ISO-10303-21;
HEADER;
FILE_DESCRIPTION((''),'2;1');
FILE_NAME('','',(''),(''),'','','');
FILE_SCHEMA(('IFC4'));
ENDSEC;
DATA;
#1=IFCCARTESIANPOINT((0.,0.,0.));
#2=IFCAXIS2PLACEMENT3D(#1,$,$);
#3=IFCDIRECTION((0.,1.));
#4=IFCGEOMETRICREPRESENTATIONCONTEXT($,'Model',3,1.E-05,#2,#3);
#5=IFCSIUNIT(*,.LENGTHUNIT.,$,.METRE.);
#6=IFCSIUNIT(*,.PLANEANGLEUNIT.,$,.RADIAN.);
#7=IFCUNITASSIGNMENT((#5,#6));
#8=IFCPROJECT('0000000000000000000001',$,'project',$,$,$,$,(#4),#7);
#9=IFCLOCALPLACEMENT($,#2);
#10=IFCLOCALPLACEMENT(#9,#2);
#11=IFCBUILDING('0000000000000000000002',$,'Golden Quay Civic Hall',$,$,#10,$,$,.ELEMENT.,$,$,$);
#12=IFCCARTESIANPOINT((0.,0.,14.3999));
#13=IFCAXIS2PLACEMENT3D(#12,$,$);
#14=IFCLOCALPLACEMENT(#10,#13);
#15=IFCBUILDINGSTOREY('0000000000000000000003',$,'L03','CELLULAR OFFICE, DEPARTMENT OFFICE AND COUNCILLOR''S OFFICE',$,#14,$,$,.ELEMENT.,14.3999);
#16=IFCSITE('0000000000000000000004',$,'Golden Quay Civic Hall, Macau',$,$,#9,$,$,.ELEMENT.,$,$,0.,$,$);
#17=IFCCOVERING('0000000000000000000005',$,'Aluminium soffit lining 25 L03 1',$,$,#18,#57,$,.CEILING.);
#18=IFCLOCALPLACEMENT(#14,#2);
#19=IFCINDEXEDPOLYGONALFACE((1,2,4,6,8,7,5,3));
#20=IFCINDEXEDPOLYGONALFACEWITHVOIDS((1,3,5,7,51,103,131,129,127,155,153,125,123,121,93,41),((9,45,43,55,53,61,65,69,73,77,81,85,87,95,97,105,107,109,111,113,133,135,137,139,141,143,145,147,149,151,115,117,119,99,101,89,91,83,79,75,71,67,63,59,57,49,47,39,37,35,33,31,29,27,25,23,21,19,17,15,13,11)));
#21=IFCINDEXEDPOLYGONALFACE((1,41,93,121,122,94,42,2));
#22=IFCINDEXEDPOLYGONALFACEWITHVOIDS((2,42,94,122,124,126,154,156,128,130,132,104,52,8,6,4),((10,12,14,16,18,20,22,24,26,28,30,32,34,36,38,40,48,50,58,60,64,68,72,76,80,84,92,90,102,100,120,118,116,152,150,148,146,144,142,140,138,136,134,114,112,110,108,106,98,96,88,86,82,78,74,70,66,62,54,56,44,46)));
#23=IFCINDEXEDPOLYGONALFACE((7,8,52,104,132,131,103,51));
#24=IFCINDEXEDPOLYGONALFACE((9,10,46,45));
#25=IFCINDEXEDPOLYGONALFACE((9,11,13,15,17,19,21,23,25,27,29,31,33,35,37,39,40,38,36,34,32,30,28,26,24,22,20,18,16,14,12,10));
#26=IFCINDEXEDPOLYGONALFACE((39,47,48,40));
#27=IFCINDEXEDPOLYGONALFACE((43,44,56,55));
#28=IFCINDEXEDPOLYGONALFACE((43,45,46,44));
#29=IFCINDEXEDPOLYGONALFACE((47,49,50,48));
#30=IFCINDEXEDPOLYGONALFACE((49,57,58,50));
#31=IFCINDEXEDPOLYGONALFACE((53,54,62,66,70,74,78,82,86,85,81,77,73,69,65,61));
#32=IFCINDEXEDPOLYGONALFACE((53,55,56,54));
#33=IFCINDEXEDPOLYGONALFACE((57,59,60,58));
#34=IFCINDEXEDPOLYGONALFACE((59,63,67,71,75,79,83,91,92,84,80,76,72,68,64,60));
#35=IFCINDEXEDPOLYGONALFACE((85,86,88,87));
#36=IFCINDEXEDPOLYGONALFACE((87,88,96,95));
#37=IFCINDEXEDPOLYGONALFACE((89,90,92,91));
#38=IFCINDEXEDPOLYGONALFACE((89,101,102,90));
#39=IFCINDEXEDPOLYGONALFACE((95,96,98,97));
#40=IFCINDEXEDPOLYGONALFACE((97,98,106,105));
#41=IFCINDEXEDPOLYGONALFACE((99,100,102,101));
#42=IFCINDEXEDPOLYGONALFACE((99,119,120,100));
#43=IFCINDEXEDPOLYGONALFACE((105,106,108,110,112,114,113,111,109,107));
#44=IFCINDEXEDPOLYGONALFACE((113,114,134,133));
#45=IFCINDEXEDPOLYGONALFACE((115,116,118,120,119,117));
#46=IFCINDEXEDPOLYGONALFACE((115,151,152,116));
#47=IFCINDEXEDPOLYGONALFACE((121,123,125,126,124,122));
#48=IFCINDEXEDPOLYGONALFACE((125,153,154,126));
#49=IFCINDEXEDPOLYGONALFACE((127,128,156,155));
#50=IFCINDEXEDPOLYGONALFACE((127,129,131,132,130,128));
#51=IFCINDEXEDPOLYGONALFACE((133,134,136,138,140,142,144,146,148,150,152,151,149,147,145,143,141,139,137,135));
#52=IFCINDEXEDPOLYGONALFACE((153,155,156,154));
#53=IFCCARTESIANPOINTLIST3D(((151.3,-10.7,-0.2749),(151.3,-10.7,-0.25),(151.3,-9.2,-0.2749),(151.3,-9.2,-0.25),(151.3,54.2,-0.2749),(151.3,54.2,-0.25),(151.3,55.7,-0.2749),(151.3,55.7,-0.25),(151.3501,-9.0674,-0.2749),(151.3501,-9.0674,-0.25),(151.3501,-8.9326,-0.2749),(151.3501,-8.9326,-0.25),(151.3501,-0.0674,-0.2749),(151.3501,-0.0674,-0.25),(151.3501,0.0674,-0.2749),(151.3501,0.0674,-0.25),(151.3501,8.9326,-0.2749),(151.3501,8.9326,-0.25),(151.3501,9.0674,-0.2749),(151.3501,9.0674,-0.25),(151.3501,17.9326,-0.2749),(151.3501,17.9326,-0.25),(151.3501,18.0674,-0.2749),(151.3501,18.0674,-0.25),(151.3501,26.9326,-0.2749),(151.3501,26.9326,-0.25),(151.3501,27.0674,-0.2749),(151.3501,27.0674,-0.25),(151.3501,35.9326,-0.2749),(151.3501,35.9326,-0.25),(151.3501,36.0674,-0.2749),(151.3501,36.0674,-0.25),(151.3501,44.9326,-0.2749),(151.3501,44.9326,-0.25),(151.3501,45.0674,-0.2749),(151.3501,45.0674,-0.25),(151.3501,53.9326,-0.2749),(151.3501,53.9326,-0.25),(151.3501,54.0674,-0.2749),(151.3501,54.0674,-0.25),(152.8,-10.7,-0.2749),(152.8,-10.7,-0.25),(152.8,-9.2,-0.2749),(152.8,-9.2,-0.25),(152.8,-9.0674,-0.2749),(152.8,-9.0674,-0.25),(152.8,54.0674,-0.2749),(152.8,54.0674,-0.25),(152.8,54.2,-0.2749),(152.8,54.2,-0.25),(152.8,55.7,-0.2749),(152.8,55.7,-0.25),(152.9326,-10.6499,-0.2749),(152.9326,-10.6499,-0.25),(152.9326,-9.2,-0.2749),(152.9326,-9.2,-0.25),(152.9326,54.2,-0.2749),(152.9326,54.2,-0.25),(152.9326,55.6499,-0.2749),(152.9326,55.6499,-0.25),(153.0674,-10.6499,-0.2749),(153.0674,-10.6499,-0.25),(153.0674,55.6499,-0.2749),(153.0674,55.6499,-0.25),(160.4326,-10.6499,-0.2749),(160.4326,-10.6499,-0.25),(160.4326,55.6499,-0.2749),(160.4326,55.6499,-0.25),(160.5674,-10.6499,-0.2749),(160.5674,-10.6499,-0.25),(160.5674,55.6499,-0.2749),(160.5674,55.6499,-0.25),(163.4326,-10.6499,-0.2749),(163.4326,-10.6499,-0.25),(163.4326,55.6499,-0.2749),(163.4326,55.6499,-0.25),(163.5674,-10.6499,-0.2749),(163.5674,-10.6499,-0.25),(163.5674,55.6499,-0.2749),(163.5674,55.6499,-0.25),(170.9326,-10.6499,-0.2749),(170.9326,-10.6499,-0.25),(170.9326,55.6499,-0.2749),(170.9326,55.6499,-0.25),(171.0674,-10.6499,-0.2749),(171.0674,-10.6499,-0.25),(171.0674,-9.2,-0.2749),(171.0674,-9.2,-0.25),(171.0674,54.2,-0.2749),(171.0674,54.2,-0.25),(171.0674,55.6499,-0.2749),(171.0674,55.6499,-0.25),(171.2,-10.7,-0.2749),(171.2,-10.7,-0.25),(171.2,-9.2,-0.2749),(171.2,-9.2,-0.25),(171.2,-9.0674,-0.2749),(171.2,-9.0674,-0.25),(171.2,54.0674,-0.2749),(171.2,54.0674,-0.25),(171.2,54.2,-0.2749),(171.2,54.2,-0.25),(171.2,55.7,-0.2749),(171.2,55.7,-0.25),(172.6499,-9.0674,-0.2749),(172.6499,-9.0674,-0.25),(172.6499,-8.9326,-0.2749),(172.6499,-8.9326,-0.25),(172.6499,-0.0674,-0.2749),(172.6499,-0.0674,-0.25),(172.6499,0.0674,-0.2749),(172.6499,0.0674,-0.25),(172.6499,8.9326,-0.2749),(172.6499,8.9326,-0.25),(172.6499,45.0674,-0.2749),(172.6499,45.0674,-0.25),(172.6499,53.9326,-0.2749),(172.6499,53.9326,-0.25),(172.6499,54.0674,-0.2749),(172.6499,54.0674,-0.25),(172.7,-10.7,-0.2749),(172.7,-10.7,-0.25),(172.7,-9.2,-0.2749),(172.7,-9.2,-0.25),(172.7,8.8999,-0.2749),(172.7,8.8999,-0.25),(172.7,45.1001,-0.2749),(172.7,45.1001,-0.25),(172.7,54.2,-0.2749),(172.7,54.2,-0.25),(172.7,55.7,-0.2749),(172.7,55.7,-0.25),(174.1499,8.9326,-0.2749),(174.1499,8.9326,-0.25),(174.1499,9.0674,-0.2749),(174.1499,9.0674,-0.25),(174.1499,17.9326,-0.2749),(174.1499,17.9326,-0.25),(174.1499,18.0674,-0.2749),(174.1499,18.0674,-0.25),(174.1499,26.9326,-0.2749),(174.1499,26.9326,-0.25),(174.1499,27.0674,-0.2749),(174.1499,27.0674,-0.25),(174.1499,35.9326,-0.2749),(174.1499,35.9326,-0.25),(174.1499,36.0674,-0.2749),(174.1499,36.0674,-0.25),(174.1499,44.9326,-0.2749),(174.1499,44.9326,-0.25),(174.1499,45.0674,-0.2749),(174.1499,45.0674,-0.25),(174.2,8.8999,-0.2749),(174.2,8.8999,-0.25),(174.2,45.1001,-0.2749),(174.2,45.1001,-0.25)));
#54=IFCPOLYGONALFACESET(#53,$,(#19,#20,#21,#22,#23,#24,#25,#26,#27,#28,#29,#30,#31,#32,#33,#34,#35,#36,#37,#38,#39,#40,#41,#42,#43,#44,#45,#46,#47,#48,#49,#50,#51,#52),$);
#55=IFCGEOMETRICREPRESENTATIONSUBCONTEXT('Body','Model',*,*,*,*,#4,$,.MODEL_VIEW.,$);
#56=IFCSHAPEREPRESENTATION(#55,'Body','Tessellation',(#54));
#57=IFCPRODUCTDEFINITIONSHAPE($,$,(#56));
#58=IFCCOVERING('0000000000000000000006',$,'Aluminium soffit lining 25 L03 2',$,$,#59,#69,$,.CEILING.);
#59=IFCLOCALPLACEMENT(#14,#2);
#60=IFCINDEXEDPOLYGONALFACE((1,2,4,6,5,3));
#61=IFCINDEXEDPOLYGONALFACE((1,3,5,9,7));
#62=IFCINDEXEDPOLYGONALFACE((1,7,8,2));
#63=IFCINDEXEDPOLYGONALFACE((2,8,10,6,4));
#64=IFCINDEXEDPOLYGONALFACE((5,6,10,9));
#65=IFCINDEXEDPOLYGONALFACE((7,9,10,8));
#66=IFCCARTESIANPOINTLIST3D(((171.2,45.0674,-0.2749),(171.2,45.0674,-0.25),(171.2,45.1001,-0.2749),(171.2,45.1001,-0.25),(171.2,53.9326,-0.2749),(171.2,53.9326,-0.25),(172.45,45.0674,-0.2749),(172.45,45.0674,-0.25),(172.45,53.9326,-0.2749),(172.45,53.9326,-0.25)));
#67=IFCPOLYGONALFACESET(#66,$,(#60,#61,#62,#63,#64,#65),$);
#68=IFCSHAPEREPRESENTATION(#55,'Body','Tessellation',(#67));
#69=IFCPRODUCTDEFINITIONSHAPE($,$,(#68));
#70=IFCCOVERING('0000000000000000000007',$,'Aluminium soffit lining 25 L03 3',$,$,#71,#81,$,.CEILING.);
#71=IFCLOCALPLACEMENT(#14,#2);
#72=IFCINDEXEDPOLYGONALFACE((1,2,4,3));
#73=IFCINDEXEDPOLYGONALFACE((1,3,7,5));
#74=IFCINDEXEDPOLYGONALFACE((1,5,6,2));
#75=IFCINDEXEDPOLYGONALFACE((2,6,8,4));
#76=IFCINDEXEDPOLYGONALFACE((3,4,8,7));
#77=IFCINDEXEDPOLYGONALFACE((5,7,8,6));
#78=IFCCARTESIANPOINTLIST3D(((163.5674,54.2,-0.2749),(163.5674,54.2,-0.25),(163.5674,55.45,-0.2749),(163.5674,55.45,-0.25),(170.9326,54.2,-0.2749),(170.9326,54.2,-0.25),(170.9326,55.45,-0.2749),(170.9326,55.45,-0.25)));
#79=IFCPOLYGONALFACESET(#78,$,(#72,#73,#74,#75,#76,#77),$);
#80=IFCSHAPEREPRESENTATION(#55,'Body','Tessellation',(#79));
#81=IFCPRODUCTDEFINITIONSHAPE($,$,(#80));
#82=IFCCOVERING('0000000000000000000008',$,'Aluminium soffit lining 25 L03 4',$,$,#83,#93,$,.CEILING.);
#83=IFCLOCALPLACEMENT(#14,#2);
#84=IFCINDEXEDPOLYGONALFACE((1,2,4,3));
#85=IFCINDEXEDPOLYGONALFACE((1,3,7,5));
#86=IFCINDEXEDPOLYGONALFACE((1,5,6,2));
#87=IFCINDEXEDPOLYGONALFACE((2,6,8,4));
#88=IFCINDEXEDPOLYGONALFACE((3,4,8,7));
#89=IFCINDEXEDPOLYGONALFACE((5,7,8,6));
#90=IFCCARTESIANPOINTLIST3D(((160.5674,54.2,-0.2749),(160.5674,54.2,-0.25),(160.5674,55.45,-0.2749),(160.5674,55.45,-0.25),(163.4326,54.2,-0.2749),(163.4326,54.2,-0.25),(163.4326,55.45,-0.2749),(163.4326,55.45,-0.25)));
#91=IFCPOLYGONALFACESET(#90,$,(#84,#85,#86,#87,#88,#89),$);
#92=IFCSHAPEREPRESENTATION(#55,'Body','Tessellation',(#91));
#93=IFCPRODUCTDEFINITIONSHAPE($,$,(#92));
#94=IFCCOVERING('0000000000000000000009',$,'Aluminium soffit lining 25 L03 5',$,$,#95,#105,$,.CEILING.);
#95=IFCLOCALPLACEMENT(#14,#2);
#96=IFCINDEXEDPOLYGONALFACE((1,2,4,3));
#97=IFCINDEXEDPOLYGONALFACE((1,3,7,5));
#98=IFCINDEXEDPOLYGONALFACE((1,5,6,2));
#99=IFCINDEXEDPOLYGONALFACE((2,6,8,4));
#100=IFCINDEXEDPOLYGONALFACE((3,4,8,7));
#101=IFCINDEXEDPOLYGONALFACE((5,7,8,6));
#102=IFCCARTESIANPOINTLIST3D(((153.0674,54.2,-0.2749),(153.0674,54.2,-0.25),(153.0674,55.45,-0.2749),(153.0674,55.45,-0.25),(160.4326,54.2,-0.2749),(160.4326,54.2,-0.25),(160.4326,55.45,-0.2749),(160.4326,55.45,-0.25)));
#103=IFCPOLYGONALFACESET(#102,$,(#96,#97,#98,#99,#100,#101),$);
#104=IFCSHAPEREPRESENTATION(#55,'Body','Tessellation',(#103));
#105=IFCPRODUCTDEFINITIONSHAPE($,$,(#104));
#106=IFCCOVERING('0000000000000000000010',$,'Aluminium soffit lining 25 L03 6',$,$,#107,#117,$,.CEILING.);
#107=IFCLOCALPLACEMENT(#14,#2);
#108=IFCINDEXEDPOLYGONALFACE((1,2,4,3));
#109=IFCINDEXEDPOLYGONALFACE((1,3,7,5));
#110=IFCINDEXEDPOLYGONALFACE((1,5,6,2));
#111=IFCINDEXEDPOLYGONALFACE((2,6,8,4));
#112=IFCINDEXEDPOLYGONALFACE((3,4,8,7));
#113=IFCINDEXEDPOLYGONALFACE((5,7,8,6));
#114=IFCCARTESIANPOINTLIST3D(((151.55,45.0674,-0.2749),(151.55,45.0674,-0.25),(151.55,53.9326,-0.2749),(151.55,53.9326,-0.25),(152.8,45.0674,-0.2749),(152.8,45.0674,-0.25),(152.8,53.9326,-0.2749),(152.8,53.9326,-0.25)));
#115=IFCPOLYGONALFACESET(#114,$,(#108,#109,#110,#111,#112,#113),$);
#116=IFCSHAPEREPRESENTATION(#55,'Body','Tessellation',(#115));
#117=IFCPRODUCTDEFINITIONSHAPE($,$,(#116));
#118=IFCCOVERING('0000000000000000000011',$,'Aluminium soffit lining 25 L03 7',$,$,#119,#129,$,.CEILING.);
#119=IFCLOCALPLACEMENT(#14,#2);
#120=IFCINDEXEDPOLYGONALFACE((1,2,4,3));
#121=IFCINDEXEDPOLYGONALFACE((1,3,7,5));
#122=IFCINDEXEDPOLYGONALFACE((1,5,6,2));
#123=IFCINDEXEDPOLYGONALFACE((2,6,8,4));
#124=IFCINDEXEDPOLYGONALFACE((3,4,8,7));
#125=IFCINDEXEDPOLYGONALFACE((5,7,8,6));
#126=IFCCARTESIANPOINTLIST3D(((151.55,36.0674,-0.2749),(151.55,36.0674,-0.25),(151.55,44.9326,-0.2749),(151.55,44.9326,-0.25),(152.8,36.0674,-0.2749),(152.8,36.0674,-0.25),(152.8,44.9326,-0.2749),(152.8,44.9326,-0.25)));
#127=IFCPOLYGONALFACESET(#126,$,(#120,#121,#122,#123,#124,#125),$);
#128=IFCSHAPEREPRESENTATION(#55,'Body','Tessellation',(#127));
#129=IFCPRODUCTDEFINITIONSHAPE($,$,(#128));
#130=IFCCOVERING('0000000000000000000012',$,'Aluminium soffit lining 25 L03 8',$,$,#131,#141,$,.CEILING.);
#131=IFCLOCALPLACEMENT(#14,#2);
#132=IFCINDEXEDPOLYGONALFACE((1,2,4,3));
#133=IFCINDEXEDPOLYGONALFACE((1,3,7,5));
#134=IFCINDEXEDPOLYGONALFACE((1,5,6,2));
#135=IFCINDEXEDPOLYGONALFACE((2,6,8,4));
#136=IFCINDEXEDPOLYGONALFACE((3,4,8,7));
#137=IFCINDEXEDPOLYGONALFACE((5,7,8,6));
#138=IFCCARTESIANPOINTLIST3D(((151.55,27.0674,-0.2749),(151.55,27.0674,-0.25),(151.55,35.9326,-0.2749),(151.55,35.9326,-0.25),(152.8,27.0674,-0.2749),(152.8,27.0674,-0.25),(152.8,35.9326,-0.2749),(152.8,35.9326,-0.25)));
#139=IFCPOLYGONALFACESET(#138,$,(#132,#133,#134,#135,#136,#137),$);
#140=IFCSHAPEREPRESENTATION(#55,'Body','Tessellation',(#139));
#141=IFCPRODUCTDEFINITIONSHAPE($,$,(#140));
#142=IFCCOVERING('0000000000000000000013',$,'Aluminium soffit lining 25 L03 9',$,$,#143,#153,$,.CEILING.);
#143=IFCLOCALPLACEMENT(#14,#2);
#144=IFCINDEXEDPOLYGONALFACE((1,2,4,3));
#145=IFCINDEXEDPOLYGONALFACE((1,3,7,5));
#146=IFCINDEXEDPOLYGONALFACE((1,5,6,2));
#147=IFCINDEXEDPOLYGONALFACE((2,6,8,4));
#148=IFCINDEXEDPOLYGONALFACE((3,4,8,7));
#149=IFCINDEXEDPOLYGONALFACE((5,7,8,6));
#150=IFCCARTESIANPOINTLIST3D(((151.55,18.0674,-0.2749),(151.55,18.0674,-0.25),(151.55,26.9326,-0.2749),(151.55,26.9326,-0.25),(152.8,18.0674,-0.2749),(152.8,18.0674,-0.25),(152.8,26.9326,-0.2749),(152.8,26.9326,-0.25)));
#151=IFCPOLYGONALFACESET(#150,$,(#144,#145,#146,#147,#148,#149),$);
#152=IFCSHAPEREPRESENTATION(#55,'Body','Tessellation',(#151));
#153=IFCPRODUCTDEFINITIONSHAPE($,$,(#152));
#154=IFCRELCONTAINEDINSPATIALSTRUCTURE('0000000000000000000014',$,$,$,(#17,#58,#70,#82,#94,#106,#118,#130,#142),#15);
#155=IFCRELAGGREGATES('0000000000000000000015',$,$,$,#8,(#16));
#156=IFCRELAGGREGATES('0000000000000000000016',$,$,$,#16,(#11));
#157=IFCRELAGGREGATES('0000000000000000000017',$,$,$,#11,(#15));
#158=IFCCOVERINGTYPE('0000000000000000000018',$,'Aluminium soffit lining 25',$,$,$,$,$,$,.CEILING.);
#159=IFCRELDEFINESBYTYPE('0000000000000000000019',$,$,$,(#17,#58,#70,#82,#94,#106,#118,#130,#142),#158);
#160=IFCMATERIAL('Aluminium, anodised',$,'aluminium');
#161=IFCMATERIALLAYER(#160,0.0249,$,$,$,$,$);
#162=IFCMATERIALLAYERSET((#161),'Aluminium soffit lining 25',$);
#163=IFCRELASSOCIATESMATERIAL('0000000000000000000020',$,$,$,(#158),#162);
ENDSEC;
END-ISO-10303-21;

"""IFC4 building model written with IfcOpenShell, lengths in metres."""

from ifc_helpers import new_model, si_unit, direction, frame, origin, place, context, subcontext, project, spatial, polyline, outline, extrude, material, layer, layer_set, type_object, element, save


model = new_model("IFC4")

# Units and contexts
model_context = context("Model", 3, precision=1e-05, world=origin(), true_north=direction((0.0, 1.0)))
body_context = subcontext(model_context, "Body", "Model", "MODEL_VIEW")
ifc_project = project(units=[si_unit("LENGTHUNIT", "METRE"), si_unit("PLANEANGLEUNIT", "RADIAN")], contexts=[model_context])

# Site, building, storey
site_placement = place(None, origin())
site = spatial("IfcSite", under=ifc_project, at=site_placement, Name="Golden Quay Civic Hall, Macau", CompositionType="ELEMENT", RefElevation=0.0)
building_placement = place(site_placement, origin())
building = spatial("IfcBuilding", under=site, at=building_placement, Name="Golden Quay Civic Hall", CompositionType="ELEMENT")
storey_placement = place(building_placement, frame((0.0, 0.0, 14.3999)))
storey = spatial("IfcBuildingStorey", under=building, at=storey_placement, Name="L03", Description="CELLULAR OFFICE, DEPARTMENT OFFICE AND COUNCILLOR'S OFFICE", CompositionType="ELEMENT", Elevation=14.3999)

# Coverings
ifc_material_1 = material(Name="Aluminium, anodised", Category="aluminium")
ifc_layer = layer(ifc_material_1, 0.0249)
ifc_layer_set = layer_set([ifc_layer], Name="Aluminium soffit lining 25")
covering_type_1 = type_object("IfcCoveringType", Name="Aluminium soffit lining 25", PredefinedType="CEILING", material=ifc_layer_set)
covering_1_placement = place(storey_placement, frame((0.0, 0.0, -0.2749)))
element("IfcCovering", 1, at=covering_1_placement, inside=storey, type_object=covering_type_1, Name="Aluminium soffit lining 25 L03 1", PredefinedType="CEILING", context=body_context, shape_type="SweptSolid", body=[
    extrude(outline(polyline([(171.2, -10.7), (152.8, -10.7), (151.3, -10.7), (151.3, -9.2), (151.3, 54.2), (151.3, 55.7), (152.8, 55.7), (171.2, 55.7), (172.7, 55.7), (172.7, 54.2), (172.7, 45.1001), (174.2, 45.1001), (174.2, 8.8999), (172.7, 8.8999), (172.7, -9.2), (172.7, -10.7), (171.2, -10.7)]), holes=[polyline([(171.2, 54.2), (171.0674, 54.2), (171.0674, 55.6499), (170.9326, 55.6499), (163.5674, 55.6499), (163.4326, 55.6499), (160.5674, 55.6499), (160.4326, 55.6499), (153.0674, 55.6499), (152.9326, 55.6499), (152.9326, 54.2), (152.8, 54.2), (152.8, 54.0674), (151.3501, 54.0674), (151.3501, 53.9326), (151.3501, 45.0674), (151.3501, 44.9326), (151.3501, 36.0674), (151.3501, 35.9326), (151.3501, 27.0674), (151.3501, 26.9326), (151.3501, 18.0674), (151.3501, 17.9326), (151.3501, 9.0674), (151.3501, 8.9326), (151.3501, 0.0674), (151.3501, -0.0674), (151.3501, -8.9326), (151.3501, -9.0674), (152.8, -9.0674), (152.8, -9.2), (152.9326, -9.2), (152.9326, -10.6499), (153.0674, -10.6499), (160.4326, -10.6499), (160.5674, -10.6499), (163.4326, -10.6499), (163.5674, -10.6499), (170.9326, -10.6499), (171.0674, -10.6499), (171.0674, -9.2), (171.2, -9.2), (171.2, -9.0674), (172.6499, -9.0674), (172.6499, -8.9326), (172.6499, -0.0674), (172.6499, 0.0674), (172.6499, 8.9326), (174.1499, 8.9326), (174.1499, 9.0674), (174.1499, 17.9326), (174.1499, 18.0674), (174.1499, 26.9326), (174.1499, 27.0674), (174.1499, 35.9326), (174.1499, 36.0674), (174.1499, 44.9326), (174.1499, 45.0674), (172.6499, 45.0674), (172.6499, 53.9326), (172.6499, 54.0674), (171.2, 54.0674), (171.2, 54.2)])]), origin(), (0.0, 0.0, 1.0), 0.0249),
])
covering_2_placement = place(storey_placement, frame((0.0, 0.0, -0.2749)))
element("IfcCovering", 2, at=covering_2_placement, inside=storey, type_object=covering_type_1, Name="Aluminium soffit lining 25 L03 2", PredefinedType="CEILING", context=body_context, shape_type="SweptSolid", body=[
    extrude(outline(polyline([(171.2, 53.9326), (172.45, 53.9326), (172.45, 45.0674), (171.2, 45.0674), (171.2, 45.1001), (171.2, 53.9326)])), origin(), (0.0, 0.0, 1.0), 0.0249),
])
covering_3_placement = place(storey_placement, frame((0.0, 0.0, -0.2749)))
element("IfcCovering", 3, at=covering_3_placement, inside=storey, type_object=covering_type_1, Name="Aluminium soffit lining 25 L03 3", PredefinedType="CEILING", context=body_context, shape_type="SweptSolid", body=[
    extrude(outline(polyline([(163.5674, 54.2), (163.5674, 55.45), (170.9326, 55.45), (170.9326, 54.2), (163.5674, 54.2)])), origin(), (0.0, 0.0, 1.0), 0.0249),
])
covering_4_placement = place(storey_placement, frame((0.0, 0.0, -0.2749)))
element("IfcCovering", 4, at=covering_4_placement, inside=storey, type_object=covering_type_1, Name="Aluminium soffit lining 25 L03 4", PredefinedType="CEILING", context=body_context, shape_type="SweptSolid", body=[
    extrude(outline(polyline([(160.5674, 54.2), (160.5674, 55.45), (163.4326, 55.45), (163.4326, 54.2), (160.5674, 54.2)])), origin(), (0.0, 0.0, 1.0), 0.0249),
])
covering_5_placement = place(storey_placement, frame((0.0, 0.0, -0.2749)))
element("IfcCovering", 5, at=covering_5_placement, inside=storey, type_object=covering_type_1, Name="Aluminium soffit lining 25 L03 5", PredefinedType="CEILING", context=body_context, shape_type="SweptSolid", body=[
    extrude(outline(polyline([(153.0674, 54.2), (153.0674, 55.45), (160.4326, 55.45), (160.4326, 54.2), (153.0674, 54.2)])), origin(), (0.0, 0.0, 1.0), 0.0249),
])
covering_6_placement = place(storey_placement, frame((0.0, 0.0, -0.2749)))
element("IfcCovering", 6, at=covering_6_placement, inside=storey, type_object=covering_type_1, Name="Aluminium soffit lining 25 L03 6", PredefinedType="CEILING", context=body_context, shape_type="SweptSolid", body=[
    extrude(outline(polyline([(152.8, 45.0674), (151.55, 45.0674), (151.55, 53.9326), (152.8, 53.9326), (152.8, 45.0674)])), origin(), (0.0, 0.0, 1.0), 0.0249),
])
covering_7_placement = place(storey_placement, frame((0.0, 0.0, -0.2749)))
element("IfcCovering", 7, at=covering_7_placement, inside=storey, type_object=covering_type_1, Name="Aluminium soffit lining 25 L03 7", PredefinedType="CEILING", context=body_context, shape_type="SweptSolid", body=[
    extrude(outline(polyline([(152.8, 36.0674), (151.55, 36.0674), (151.55, 44.9326), (152.8, 44.9326), (152.8, 36.0674)])), origin(), (0.0, 0.0, 1.0), 0.0249),
])
covering_8_placement = place(storey_placement, frame((0.0, 0.0, -0.2749)))
element("IfcCovering", 8, at=covering_8_placement, inside=storey, type_object=covering_type_1, Name="Aluminium soffit lining 25 L03 8", PredefinedType="CEILING", context=body_context, shape_type="SweptSolid", body=[
    extrude(outline(polyline([(152.8, 27.0674), (151.55, 27.0674), (151.55, 35.9326), (152.8, 35.9326), (152.8, 27.0674)])), origin(), (0.0, 0.0, 1.0), 0.0249),
])
covering_9_placement = place(storey_placement, frame((0.0, 0.0, -0.2749)))
element("IfcCovering", 9, at=covering_9_placement, inside=storey, type_object=covering_type_1, Name="Aluminium soffit lining 25 L03 9", PredefinedType="CEILING", context=body_context, shape_type="SweptSolid", body=[
    extrude(outline(polyline([(152.8, 18.0674), (151.55, 18.0674), (151.55, 26.9326), (152.8, 26.9326), (152.8, 18.0674)])), origin(), (0.0, 0.0, 1.0), 0.0249),
])

save(model, "model.ifc")
